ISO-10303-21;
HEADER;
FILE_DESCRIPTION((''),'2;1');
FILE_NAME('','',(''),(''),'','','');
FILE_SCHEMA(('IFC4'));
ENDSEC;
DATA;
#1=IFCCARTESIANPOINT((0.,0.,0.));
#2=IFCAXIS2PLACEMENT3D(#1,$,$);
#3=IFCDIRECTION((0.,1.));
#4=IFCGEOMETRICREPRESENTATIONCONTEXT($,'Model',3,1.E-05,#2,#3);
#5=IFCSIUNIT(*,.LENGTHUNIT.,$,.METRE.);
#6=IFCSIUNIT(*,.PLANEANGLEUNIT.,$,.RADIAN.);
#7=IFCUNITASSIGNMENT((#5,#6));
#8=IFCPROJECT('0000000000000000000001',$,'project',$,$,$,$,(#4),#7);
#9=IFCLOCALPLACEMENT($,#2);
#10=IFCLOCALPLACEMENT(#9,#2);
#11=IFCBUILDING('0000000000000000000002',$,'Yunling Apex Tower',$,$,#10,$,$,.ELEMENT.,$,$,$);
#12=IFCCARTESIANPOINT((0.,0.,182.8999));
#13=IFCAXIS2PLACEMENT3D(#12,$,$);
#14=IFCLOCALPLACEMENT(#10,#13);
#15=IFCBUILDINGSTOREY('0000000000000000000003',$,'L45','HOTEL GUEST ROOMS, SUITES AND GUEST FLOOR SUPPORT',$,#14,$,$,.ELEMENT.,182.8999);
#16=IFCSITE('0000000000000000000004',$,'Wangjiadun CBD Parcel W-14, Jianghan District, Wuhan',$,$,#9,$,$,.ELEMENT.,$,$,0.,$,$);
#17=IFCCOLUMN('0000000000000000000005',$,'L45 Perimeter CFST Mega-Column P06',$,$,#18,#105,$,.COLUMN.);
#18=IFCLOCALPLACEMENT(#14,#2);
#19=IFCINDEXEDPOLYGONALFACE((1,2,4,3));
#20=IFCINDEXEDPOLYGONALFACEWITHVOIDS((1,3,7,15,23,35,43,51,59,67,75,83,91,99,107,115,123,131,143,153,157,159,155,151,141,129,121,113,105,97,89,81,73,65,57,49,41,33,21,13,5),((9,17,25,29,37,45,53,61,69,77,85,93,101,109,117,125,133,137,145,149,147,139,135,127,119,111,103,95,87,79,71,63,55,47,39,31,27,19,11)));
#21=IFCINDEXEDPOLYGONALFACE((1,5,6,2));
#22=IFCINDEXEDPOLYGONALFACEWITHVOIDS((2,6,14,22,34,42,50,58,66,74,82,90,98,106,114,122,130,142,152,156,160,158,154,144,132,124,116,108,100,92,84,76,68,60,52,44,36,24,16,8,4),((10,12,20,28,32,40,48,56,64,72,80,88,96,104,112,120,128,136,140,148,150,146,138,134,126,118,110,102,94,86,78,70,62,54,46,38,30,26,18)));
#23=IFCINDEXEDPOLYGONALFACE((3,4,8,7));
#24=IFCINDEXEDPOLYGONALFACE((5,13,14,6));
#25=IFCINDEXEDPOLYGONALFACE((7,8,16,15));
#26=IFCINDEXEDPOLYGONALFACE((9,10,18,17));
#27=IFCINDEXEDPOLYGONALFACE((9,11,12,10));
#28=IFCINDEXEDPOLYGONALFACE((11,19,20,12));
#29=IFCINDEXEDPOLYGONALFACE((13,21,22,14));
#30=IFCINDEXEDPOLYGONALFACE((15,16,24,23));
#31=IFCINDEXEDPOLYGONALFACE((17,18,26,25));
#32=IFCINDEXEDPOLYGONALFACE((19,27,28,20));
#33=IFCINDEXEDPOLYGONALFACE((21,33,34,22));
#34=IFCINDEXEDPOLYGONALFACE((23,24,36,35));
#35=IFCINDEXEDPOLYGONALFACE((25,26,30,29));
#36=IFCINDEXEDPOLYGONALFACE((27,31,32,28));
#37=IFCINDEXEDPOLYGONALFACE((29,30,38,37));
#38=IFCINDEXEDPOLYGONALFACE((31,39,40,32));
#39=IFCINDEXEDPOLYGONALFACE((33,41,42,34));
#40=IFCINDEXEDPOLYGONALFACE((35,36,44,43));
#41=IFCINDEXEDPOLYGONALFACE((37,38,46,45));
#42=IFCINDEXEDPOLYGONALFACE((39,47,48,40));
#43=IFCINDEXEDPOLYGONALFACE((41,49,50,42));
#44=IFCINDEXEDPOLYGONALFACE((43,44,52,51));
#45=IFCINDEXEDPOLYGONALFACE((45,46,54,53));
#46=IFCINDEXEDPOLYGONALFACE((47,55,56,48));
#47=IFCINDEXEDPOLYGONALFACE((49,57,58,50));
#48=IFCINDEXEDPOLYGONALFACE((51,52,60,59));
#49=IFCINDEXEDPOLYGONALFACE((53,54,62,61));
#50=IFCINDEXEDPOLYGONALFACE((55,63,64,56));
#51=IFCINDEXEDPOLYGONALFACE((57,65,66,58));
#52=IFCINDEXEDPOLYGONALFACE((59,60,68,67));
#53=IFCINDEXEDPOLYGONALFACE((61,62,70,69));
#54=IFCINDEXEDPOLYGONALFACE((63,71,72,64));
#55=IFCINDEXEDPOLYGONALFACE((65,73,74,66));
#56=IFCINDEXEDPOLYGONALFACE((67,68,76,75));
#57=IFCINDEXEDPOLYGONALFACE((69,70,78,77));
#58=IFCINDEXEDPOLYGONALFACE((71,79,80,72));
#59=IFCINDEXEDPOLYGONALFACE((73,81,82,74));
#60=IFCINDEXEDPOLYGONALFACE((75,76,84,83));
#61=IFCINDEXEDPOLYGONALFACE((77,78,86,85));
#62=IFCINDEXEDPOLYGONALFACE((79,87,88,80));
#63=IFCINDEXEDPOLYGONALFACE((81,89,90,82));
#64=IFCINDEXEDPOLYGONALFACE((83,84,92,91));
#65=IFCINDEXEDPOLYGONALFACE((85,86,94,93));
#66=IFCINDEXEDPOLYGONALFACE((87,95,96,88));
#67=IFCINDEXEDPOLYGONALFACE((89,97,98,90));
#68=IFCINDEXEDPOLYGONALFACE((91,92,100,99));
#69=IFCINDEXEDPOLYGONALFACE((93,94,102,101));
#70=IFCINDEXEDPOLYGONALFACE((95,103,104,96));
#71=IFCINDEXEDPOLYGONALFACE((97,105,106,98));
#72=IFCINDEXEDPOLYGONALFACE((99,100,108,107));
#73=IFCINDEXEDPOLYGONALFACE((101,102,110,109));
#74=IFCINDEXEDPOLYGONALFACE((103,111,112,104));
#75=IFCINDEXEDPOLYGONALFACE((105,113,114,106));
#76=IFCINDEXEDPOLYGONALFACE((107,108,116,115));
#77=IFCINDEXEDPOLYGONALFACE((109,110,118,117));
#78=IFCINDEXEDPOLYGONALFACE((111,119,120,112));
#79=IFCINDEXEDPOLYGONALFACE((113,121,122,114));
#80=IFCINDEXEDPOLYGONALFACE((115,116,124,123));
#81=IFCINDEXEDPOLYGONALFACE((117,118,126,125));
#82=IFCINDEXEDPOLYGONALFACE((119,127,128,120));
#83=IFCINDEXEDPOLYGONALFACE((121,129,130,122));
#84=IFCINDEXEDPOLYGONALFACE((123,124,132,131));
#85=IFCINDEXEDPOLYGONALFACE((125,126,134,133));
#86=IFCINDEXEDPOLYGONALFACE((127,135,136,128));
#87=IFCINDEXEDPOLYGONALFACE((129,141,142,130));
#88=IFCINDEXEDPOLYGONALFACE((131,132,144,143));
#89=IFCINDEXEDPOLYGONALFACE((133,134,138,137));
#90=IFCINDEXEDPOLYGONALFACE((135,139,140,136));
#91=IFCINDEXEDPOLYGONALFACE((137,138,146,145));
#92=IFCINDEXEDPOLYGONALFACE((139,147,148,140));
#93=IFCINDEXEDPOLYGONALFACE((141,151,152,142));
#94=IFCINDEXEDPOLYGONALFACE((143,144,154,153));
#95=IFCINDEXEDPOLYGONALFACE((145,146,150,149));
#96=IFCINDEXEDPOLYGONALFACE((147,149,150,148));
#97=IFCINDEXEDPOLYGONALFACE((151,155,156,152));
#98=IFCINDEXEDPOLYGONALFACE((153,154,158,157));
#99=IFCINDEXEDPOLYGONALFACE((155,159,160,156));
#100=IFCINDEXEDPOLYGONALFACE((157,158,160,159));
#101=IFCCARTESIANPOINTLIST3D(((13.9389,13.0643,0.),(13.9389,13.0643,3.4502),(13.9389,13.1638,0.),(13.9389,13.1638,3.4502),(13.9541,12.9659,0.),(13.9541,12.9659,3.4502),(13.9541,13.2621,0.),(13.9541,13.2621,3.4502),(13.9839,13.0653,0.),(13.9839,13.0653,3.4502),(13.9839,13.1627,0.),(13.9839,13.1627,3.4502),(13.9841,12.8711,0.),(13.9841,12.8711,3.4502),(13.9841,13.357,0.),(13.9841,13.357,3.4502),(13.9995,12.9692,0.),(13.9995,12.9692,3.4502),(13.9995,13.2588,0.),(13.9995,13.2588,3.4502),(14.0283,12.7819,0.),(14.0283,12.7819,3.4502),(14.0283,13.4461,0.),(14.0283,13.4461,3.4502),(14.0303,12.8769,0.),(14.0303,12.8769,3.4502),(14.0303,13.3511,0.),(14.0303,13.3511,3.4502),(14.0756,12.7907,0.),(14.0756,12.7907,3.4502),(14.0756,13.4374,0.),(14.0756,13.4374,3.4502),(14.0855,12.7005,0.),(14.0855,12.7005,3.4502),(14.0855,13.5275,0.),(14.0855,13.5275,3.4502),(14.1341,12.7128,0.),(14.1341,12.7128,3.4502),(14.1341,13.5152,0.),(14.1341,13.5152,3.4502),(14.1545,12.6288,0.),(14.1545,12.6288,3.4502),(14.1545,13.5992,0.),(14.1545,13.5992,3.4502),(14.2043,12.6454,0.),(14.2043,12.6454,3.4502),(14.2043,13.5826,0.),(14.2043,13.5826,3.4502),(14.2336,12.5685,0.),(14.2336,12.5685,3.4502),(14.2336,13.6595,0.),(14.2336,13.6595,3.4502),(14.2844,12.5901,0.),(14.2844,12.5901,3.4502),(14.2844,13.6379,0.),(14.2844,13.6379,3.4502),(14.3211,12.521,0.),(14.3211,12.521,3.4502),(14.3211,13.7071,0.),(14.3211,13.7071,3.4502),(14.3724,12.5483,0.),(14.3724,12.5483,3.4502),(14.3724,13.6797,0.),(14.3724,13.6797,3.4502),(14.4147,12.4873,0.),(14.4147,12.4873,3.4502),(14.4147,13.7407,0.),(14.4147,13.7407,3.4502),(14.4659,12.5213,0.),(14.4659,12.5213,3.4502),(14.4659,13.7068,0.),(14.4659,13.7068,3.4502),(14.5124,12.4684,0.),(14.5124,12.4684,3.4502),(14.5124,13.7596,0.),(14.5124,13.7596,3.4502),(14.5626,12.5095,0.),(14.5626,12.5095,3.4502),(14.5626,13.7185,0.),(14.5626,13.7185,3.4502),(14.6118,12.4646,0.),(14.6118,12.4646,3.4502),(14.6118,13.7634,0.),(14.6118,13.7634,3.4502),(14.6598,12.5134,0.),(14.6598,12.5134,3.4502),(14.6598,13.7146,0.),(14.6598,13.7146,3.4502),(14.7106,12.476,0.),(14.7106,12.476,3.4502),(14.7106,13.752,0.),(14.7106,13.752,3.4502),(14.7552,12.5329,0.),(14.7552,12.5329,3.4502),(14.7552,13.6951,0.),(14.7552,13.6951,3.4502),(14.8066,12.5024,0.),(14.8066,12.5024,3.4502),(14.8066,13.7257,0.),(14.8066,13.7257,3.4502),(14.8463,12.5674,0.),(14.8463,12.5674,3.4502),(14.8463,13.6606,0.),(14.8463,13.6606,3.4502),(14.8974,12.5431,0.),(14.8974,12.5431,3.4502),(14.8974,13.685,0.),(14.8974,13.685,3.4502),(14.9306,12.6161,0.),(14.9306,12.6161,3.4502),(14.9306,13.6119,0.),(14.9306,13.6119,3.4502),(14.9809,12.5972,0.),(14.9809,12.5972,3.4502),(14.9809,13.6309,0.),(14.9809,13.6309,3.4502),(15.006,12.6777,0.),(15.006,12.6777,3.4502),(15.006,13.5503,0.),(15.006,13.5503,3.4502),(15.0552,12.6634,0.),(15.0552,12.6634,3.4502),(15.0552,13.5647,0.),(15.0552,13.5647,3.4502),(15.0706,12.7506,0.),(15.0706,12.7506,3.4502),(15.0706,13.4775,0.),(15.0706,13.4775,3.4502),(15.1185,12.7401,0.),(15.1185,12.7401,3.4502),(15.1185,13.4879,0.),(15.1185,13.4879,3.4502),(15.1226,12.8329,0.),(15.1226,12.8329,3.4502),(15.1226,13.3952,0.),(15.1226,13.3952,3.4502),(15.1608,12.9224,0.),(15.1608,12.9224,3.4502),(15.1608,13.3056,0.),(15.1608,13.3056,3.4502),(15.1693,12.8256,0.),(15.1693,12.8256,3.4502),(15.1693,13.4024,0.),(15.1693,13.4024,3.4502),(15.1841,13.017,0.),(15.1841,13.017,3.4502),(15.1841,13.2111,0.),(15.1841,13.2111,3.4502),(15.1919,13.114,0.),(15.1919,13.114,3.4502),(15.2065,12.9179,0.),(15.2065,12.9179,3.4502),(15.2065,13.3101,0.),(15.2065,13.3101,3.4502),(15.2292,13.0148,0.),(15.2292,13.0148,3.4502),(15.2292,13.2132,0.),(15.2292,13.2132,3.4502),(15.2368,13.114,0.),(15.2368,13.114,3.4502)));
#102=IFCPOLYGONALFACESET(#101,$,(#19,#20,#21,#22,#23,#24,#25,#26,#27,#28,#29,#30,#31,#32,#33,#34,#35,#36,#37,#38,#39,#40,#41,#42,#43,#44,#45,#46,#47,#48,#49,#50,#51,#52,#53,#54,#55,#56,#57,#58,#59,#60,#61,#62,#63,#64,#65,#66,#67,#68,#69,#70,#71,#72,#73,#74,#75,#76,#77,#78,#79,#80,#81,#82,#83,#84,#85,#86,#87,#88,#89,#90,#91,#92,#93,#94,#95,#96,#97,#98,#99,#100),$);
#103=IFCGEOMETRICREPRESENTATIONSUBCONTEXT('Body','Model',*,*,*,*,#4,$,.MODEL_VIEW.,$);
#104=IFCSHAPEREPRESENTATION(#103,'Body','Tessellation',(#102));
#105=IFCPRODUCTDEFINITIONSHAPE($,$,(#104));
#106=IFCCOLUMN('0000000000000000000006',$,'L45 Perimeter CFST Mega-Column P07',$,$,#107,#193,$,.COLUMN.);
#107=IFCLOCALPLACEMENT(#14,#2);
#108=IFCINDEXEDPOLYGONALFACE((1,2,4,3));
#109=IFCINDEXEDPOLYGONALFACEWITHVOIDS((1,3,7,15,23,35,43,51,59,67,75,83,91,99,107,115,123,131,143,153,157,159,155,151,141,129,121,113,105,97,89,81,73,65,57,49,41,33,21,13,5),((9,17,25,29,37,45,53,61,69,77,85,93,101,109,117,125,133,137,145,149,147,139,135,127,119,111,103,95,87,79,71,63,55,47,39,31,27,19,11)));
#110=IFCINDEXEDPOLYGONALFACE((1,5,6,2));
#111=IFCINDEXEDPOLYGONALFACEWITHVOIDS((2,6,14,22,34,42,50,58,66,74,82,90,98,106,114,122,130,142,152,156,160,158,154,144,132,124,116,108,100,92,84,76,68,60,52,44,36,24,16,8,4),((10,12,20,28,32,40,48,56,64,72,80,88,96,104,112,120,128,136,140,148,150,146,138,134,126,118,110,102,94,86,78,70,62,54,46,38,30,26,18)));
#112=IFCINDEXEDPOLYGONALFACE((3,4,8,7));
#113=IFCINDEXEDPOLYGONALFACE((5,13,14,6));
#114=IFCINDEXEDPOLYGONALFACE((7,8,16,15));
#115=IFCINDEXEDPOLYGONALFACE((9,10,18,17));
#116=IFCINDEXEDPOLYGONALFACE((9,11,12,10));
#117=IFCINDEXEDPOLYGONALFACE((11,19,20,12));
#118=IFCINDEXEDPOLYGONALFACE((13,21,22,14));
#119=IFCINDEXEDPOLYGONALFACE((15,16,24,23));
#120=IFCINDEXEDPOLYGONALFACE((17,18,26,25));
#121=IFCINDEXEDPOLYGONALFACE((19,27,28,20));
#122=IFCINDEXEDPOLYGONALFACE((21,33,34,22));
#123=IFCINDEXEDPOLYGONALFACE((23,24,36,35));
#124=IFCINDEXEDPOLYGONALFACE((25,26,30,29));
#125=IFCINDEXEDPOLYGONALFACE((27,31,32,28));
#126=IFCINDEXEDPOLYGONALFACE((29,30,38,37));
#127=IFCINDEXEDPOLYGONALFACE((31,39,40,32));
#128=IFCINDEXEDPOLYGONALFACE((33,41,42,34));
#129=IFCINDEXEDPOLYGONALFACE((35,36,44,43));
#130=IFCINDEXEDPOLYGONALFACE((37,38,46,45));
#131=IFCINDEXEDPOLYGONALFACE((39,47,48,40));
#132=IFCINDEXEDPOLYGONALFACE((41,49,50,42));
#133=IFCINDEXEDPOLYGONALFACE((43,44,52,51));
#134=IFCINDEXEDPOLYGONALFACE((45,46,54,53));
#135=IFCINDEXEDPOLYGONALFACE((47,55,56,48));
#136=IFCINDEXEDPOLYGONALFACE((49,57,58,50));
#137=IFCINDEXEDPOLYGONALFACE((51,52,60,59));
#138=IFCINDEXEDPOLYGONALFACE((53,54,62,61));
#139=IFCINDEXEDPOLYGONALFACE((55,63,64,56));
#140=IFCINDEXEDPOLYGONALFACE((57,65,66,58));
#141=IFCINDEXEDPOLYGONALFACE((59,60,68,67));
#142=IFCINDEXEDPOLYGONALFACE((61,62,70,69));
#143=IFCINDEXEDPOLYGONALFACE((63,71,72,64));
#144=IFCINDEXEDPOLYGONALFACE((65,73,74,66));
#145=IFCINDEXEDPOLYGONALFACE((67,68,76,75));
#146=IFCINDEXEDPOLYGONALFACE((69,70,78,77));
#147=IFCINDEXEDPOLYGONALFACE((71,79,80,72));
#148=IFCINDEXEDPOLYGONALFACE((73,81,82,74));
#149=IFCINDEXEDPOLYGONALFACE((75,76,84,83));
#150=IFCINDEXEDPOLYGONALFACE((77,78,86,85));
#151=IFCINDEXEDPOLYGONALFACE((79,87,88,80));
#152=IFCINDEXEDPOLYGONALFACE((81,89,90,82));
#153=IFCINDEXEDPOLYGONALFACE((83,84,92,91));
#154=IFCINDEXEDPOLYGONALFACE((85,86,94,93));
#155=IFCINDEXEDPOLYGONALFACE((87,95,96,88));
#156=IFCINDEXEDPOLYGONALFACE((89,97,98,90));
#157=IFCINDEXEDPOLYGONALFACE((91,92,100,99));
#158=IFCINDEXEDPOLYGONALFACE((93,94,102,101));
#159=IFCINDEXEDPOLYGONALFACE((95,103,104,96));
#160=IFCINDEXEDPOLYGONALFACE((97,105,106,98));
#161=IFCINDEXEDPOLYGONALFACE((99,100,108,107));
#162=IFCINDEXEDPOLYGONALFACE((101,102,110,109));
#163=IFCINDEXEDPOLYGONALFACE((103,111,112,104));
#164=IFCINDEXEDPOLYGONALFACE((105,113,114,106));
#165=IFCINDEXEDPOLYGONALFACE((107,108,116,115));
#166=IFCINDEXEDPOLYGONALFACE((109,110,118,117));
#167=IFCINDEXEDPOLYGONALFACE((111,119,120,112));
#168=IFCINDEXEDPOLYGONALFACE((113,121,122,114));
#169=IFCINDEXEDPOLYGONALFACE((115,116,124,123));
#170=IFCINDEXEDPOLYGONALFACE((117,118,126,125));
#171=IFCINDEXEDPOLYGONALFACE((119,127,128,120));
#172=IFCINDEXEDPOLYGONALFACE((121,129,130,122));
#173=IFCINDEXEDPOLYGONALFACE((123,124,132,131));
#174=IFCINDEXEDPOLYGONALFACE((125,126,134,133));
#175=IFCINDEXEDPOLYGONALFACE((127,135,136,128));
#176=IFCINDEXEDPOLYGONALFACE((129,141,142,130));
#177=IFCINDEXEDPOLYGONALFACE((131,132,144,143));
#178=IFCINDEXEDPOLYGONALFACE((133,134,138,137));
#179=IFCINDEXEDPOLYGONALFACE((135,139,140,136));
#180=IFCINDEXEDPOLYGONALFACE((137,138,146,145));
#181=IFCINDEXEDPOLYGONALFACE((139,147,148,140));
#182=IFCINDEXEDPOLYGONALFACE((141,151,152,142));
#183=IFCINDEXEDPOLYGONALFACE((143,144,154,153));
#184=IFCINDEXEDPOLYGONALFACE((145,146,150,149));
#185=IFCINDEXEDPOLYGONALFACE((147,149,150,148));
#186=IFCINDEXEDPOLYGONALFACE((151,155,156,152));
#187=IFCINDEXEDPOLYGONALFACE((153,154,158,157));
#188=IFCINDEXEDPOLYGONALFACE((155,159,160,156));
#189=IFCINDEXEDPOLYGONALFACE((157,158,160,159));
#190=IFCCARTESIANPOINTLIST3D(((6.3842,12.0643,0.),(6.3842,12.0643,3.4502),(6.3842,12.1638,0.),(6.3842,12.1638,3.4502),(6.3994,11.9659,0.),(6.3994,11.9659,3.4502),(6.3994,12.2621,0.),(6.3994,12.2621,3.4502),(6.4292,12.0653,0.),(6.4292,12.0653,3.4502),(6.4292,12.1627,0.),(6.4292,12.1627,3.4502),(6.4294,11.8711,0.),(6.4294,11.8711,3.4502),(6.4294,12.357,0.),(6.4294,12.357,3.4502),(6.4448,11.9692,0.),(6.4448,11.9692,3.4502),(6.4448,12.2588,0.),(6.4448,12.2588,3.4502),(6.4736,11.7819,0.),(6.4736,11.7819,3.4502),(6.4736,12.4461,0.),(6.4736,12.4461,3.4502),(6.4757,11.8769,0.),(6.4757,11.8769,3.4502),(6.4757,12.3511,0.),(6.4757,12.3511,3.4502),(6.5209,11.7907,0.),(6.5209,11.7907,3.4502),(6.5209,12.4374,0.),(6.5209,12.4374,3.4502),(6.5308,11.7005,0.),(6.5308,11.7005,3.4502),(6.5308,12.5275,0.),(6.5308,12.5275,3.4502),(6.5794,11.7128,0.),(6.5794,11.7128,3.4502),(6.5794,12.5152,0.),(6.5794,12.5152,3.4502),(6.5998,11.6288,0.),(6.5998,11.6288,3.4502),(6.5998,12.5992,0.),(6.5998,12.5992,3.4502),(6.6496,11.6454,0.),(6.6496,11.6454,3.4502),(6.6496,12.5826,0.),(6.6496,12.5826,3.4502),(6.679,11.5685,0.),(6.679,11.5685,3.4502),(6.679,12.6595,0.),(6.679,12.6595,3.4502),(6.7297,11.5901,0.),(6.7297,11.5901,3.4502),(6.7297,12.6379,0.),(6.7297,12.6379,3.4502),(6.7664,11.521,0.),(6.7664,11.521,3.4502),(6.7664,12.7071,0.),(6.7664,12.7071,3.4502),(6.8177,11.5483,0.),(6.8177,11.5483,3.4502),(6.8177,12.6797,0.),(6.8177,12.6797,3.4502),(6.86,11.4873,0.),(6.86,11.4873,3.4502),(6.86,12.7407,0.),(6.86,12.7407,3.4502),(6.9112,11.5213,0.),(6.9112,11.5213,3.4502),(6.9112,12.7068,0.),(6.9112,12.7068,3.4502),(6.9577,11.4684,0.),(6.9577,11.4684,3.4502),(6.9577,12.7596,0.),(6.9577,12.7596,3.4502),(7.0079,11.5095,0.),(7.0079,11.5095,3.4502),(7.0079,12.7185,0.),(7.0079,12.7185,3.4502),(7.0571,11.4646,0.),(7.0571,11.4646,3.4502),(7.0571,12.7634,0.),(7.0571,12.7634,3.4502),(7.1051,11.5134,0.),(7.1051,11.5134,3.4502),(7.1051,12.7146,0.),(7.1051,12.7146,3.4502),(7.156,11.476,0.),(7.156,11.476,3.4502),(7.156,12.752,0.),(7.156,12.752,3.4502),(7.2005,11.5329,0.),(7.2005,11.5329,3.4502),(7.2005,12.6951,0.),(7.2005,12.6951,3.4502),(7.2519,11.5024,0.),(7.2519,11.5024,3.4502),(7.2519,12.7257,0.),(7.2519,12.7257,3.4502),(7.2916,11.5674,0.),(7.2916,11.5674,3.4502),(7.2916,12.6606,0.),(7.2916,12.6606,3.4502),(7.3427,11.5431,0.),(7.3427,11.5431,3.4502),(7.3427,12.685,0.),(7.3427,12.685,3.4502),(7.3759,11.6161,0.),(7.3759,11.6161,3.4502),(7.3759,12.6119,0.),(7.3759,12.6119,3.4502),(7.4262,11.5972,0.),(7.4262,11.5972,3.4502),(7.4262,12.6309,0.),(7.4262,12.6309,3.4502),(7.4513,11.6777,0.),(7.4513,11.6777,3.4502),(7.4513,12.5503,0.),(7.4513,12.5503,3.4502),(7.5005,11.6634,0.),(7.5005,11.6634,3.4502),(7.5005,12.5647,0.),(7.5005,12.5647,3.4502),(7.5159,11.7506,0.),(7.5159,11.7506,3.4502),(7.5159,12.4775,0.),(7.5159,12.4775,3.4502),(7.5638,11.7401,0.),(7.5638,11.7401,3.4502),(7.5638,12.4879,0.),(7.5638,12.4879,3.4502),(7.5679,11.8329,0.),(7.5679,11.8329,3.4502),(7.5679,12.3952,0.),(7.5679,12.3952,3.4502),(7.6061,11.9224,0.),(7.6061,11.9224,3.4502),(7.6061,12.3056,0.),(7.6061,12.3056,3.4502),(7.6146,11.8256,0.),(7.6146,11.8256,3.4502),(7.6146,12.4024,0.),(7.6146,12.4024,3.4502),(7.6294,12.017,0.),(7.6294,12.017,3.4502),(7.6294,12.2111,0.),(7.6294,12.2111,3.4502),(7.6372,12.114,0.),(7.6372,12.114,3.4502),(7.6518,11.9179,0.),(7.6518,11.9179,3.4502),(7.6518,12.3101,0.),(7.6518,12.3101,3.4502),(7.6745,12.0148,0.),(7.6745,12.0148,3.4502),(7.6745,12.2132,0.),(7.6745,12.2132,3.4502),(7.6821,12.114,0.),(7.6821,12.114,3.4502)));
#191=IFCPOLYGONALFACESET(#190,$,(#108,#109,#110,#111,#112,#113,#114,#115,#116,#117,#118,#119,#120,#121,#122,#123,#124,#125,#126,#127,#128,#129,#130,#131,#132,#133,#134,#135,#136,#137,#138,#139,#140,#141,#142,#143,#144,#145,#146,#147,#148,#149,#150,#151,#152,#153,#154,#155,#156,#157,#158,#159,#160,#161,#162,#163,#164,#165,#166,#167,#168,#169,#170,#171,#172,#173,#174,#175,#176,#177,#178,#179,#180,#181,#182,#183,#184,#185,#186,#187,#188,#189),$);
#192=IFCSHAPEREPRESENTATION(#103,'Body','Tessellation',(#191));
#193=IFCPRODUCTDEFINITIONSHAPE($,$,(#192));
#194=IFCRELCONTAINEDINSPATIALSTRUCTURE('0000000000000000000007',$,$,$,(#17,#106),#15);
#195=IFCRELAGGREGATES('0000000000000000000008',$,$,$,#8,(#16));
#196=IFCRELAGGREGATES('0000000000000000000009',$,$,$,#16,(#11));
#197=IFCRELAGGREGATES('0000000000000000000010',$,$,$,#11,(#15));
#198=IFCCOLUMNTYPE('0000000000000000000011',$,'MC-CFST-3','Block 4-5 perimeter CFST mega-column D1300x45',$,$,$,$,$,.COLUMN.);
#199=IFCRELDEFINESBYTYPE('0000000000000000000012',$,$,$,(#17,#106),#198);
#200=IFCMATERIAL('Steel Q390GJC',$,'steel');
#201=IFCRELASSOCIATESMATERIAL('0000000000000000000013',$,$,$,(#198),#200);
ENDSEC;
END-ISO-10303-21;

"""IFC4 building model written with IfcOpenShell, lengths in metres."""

from ifc_helpers import new_model, si_unit, direction, frame, origin, origin_2d, place, context, subcontext, project, spatial, hollow_circle, extrude, source, transform, mapped, material, material_profile, profile_set, type_object, element, save


model = new_model("IFC4")

# Units and contexts
model_context = context("Model", 3, precision=1e-05, world=origin(), true_north=direction((0.0, 1.0)))
body_context = subcontext(model_context, "Body", "Model", "MODEL_VIEW")
ifc_project = project(units=[si_unit("LENGTHUNIT", "METRE"), si_unit("PLANEANGLEUNIT", "RADIAN")], contexts=[model_context])

# Site, building, storey
site_placement = place(None, origin())
site = spatial("IfcSite", under=ifc_project, at=site_placement, Name="Wangjiadun CBD Parcel W-14, Jianghan District, Wuhan", CompositionType="ELEMENT", RefElevation=0.0)
building_placement = place(site_placement, origin())
building = spatial("IfcBuilding", under=site, at=building_placement, Name="Yunling Apex Tower", CompositionType="ELEMENT")
storey_placement = place(building_placement, frame((0.0, 0.0, 182.8999)))
storey = spatial("IfcBuildingStorey", under=building, at=storey_placement, Name="L45", Description="HOTEL GUEST ROOMS, SUITES AND GUEST FLOOR SUPPORT", CompositionType="ELEMENT", Elevation=182.8999)

# Columns
ifc_material_1 = material(Name="Steel Q390GJC", Category="steel")
ifc_material_profile_1 = material_profile(ifc_material_1, hollow_circle(Radius=0.6499, WallThickness=0.0449, at=origin_2d()))
ifc_profile_set_1 = profile_set([ifc_material_profile_1], Name="Steel Q390GJC")
column_type = type_object("IfcColumnType", Name="MC-CFST-3", Description="Block 4-5 perimeter CFST mega-column D1300x45", PredefinedType="COLUMN", material=ifc_profile_set_1)
shared_shape_1 = source(origin(), body_context, "Body", "SweptSolid", [
    extrude(hollow_circle(Radius=0.6499, WallThickness=0.0449, at=origin_2d()), origin(), (0.0, 0.0, 1.0), 3.4502),
])
for number, where, z_axis, x_axis, name in (
    (1, (14.5869, 13.114, 0.0), (0.0, 0.0, 1.0), (1.0, 0.0, 0.0), "L45 Perimeter CFST Mega-Column P06"),
    (2, (7.0322, 12.114, 0.0), (0.0, 0.0, 1.0), (1.0, 0.0, 0.0), "L45 Perimeter CFST Mega-Column P07"),
):
    element("IfcColumn", number, at=place(storey_placement, frame(where, z_axis=z_axis, x_axis=x_axis)), inside=storey, type_object=column_type, Name=name, PredefinedType="COLUMN", context=body_context, shape_type="MappedRepresentation", body=[
        mapped(shared_shape_1, transform((0.0, 0.0, 0.0), scale=1.0)),
    ])

save(model, "model.ifc")
